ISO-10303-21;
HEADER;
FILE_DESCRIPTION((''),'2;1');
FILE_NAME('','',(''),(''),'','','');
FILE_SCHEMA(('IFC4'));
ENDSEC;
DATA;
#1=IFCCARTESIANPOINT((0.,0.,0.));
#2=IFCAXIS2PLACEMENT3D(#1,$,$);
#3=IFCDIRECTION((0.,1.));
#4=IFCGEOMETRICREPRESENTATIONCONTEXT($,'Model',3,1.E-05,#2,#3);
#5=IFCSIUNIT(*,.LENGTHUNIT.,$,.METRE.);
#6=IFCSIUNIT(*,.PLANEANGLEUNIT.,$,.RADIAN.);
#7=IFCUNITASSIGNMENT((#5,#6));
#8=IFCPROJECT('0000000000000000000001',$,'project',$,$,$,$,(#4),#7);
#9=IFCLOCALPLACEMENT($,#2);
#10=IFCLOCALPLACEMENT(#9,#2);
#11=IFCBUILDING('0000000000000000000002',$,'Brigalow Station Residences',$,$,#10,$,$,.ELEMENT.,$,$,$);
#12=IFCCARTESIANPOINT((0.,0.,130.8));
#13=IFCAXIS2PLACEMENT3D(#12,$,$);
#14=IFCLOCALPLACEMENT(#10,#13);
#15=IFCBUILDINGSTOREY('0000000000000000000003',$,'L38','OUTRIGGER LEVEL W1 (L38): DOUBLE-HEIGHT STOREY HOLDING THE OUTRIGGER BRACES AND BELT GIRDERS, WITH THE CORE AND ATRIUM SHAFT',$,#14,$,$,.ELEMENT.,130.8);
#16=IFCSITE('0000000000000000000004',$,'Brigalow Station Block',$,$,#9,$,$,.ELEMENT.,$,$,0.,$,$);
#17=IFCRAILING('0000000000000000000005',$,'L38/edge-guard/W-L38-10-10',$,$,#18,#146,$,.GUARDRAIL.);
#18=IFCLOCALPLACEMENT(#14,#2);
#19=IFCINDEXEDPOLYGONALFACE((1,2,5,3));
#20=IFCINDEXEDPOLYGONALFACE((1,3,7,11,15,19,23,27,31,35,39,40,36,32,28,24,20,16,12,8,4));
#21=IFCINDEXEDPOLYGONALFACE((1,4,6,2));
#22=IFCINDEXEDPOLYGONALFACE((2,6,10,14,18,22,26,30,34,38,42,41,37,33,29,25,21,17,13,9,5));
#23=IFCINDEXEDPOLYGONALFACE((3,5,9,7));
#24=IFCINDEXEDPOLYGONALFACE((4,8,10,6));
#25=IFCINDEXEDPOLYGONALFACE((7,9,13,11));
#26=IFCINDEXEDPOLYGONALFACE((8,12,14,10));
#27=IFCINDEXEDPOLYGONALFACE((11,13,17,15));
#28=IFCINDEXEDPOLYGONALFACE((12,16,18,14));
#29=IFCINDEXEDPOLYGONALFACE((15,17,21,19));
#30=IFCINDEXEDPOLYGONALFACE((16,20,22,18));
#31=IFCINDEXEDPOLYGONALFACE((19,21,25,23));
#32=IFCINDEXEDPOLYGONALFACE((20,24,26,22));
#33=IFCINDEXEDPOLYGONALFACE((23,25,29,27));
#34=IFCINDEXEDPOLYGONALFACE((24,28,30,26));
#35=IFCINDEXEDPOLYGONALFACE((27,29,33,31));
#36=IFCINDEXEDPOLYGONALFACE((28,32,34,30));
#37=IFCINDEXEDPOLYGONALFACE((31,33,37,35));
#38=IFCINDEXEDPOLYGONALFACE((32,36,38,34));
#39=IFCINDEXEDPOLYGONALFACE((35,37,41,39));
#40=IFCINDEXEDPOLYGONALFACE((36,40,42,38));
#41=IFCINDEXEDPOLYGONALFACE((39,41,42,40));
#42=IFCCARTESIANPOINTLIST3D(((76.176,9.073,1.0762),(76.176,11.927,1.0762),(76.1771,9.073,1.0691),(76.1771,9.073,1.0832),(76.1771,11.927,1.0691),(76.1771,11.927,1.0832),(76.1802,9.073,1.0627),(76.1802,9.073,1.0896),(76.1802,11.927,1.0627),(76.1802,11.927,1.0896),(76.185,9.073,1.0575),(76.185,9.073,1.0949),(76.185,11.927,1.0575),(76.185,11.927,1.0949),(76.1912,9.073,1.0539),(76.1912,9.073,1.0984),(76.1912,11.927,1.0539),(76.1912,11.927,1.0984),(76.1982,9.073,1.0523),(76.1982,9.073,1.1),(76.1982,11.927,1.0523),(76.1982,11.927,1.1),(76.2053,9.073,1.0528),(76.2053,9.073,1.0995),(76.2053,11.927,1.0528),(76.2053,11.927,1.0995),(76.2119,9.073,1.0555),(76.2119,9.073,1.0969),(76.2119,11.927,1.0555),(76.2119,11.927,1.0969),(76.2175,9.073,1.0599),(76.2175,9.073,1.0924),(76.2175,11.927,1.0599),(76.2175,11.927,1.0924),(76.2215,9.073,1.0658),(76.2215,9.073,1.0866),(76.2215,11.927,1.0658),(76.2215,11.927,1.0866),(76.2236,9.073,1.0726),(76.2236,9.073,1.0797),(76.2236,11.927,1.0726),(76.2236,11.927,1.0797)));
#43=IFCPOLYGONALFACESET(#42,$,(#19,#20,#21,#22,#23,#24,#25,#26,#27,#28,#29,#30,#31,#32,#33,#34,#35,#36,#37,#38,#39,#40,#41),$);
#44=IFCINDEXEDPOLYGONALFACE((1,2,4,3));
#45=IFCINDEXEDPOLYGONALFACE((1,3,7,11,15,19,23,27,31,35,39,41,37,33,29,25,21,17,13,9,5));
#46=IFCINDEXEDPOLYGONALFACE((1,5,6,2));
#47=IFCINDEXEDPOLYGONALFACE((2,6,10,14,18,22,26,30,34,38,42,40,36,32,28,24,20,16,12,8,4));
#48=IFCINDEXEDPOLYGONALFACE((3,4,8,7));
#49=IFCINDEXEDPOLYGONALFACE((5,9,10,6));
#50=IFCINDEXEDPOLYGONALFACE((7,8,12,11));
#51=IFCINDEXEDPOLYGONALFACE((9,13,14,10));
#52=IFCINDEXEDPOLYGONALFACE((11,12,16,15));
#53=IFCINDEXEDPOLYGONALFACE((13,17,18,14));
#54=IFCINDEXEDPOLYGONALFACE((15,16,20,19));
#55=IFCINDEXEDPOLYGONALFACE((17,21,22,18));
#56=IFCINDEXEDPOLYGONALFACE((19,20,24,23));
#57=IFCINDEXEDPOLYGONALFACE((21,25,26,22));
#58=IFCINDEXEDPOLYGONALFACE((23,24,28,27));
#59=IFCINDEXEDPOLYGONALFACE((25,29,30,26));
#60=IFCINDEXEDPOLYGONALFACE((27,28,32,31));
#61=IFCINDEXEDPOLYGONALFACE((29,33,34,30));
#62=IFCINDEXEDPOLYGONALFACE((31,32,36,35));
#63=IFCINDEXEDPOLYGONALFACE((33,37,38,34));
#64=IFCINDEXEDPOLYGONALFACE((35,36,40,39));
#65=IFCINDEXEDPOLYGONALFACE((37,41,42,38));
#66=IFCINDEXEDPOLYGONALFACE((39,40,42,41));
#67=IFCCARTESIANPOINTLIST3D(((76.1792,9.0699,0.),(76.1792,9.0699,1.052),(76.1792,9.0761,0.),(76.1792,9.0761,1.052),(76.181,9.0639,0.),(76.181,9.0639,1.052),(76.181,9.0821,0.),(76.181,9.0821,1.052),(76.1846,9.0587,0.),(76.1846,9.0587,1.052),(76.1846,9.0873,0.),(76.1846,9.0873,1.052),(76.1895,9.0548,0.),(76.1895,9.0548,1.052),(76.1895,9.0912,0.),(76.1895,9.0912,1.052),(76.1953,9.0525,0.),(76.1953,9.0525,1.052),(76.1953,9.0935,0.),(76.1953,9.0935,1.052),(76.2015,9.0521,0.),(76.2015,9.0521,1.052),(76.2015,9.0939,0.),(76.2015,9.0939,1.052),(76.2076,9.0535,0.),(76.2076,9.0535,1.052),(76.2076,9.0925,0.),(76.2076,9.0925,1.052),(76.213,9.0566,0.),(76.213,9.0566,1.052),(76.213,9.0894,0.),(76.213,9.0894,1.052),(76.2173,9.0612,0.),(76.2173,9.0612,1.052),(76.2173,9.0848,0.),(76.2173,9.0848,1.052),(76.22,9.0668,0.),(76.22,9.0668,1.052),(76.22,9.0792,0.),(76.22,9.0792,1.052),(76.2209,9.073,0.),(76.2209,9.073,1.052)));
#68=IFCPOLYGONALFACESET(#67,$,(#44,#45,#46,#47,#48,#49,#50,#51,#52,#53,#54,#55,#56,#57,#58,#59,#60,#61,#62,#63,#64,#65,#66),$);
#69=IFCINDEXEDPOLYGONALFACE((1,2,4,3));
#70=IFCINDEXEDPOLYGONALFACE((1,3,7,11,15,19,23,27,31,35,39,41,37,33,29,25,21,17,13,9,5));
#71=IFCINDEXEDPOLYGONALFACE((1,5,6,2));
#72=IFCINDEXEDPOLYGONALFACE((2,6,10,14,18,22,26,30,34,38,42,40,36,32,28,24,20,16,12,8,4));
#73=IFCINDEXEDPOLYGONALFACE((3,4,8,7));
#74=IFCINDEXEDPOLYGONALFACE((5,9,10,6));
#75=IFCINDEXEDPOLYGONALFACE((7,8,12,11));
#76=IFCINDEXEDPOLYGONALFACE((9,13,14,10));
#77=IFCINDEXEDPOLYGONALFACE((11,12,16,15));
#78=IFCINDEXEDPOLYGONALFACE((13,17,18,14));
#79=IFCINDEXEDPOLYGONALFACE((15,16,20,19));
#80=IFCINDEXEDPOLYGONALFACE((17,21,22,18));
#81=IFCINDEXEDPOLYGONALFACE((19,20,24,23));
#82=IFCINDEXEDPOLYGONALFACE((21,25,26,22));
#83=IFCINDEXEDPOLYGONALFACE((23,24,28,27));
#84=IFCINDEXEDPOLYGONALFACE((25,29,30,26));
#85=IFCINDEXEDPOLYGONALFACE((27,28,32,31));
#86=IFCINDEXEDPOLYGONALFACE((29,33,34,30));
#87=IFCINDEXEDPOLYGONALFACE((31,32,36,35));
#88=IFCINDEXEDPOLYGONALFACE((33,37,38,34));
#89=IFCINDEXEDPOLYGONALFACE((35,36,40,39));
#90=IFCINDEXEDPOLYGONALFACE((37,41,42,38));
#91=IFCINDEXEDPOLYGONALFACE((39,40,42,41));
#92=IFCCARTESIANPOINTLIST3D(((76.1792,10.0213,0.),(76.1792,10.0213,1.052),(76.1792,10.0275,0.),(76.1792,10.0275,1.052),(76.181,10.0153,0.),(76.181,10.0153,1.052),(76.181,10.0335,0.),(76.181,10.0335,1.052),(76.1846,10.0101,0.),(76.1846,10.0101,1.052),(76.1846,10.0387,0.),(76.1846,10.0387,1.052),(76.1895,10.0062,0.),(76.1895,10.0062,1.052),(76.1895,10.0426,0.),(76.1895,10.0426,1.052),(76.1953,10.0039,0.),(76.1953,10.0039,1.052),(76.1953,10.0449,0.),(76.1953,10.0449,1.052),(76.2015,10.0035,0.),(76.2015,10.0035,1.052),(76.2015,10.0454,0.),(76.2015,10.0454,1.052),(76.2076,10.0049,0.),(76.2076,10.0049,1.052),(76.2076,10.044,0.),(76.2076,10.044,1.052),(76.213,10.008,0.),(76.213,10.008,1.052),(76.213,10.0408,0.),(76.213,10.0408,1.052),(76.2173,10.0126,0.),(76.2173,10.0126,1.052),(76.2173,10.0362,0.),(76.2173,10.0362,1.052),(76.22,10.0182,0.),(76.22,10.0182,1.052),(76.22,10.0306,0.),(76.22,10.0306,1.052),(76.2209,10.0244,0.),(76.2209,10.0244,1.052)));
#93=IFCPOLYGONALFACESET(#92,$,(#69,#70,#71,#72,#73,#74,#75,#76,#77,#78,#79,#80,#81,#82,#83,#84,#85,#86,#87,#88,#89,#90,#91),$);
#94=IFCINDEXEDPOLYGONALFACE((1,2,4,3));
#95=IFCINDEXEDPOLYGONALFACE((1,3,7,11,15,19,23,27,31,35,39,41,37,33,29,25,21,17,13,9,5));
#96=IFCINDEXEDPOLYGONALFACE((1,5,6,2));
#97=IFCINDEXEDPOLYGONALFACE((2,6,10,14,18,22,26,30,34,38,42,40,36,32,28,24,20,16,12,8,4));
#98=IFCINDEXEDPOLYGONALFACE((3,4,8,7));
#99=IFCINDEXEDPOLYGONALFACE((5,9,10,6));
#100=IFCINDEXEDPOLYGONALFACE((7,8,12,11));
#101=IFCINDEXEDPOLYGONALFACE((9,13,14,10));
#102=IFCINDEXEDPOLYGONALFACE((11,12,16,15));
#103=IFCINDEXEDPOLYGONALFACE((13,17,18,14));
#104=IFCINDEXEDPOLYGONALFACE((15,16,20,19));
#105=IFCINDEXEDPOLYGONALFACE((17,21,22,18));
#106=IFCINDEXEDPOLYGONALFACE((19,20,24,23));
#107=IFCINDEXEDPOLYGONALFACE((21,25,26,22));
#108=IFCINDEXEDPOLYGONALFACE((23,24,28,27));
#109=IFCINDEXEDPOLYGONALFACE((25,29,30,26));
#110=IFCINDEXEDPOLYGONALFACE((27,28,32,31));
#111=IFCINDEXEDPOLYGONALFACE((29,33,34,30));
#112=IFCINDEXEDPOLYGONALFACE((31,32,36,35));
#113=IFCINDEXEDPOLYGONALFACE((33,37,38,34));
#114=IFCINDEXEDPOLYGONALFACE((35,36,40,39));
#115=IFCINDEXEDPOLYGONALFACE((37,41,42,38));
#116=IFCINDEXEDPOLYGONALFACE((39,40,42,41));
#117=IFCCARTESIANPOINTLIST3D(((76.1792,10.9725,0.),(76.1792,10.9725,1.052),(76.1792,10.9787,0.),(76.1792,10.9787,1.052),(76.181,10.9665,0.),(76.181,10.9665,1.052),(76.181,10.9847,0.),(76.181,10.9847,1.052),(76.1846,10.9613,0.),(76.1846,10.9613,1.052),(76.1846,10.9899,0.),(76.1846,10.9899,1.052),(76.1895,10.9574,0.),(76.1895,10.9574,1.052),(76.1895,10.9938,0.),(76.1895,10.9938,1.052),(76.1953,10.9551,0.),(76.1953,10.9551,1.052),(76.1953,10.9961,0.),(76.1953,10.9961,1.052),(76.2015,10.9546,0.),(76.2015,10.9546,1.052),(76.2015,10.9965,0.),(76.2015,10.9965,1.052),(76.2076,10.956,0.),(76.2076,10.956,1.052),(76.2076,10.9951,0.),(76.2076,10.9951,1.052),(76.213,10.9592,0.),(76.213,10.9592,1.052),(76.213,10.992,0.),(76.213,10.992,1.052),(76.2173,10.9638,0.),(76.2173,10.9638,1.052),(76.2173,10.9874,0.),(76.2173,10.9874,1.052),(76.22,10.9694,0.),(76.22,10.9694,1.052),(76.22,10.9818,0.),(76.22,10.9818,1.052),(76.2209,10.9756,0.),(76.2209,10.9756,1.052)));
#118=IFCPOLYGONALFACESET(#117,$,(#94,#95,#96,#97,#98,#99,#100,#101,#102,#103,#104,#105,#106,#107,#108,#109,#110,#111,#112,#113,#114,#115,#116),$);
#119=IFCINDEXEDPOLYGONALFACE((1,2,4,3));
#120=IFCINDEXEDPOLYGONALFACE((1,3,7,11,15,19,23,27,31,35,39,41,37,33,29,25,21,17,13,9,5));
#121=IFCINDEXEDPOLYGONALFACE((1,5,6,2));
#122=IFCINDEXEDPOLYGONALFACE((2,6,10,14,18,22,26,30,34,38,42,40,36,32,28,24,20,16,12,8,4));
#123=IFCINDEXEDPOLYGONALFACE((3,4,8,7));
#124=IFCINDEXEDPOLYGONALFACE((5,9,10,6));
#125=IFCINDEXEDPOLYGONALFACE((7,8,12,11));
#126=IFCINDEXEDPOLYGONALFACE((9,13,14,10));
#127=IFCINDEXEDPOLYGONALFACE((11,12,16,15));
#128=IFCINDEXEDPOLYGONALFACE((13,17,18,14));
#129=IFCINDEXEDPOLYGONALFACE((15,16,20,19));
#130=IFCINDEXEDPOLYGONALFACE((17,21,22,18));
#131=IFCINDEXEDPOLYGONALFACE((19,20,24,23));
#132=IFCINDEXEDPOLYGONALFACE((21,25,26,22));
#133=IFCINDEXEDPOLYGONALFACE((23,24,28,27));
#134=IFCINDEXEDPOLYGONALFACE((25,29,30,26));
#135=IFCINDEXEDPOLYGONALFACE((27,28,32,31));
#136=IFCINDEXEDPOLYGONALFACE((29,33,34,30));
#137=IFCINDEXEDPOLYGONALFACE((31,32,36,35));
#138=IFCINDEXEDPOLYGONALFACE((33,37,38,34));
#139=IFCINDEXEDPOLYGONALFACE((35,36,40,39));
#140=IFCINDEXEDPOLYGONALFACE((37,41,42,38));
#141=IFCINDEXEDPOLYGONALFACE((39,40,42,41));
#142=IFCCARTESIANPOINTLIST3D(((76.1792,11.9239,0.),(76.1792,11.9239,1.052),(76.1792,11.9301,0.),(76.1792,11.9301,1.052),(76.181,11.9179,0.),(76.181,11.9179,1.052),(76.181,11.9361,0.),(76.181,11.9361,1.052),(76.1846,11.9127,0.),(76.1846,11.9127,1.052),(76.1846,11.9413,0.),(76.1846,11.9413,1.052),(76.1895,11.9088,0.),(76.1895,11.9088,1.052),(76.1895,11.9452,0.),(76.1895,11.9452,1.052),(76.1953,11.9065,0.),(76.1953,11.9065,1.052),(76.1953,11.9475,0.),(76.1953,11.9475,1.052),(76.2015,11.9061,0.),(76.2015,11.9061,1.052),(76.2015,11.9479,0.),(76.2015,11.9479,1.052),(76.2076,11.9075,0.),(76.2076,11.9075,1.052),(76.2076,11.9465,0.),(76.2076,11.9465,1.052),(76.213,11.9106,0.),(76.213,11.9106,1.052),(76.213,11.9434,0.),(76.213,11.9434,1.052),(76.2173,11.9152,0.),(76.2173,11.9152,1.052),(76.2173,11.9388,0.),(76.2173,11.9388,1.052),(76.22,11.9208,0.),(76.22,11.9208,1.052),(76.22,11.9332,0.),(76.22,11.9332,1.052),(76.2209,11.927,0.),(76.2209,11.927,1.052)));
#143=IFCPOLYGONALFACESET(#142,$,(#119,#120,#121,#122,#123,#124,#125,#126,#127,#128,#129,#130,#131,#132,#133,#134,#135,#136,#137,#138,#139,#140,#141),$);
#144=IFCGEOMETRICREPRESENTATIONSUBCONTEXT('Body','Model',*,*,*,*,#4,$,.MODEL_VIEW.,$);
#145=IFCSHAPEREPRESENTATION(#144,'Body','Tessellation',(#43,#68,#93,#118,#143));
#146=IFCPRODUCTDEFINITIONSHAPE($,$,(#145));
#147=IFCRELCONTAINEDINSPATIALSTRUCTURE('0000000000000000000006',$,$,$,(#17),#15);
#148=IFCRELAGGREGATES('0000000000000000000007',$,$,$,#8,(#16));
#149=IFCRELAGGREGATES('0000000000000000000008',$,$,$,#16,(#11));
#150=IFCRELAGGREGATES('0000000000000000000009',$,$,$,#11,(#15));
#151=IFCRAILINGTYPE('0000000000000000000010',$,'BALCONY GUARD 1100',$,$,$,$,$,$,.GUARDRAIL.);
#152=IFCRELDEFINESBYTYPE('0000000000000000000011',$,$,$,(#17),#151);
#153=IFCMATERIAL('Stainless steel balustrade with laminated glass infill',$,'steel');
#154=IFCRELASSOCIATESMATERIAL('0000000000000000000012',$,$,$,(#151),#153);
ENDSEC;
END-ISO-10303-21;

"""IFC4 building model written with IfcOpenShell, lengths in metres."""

from ifc_helpers import new_model, si_unit, direction, frame, origin, origin_2d, place, context, subcontext, project, spatial, circle, extrude, material, type_object, element, save


model = new_model("IFC4")

# Units and contexts
model_context = context("Model", 3, precision=1e-05, world=origin(), true_north=direction((0.0, 1.0)))
body_context = subcontext(model_context, "Body", "Model", "MODEL_VIEW")
ifc_project = project(units=[si_unit("LENGTHUNIT", "METRE"), si_unit("PLANEANGLEUNIT", "RADIAN")], contexts=[model_context])

# Site, building, storey
site_placement = place(None, origin())
site = spatial("IfcSite", under=ifc_project, at=site_placement, Name="Brigalow Station Block", CompositionType="ELEMENT", RefElevation=0.0)
building_placement = place(site_placement, origin())
building = spatial("IfcBuilding", under=site, at=building_placement, Name="Brigalow Station Residences", CompositionType="ELEMENT")
storey_placement = place(building_placement, frame((0.0, 0.0, 130.8)))
storey = spatial("IfcBuildingStorey", under=building, at=storey_placement, Name="L38", Description="OUTRIGGER LEVEL W1 (L38): DOUBLE-HEIGHT STOREY HOLDING THE OUTRIGGER BRACES AND BELT GIRDERS, WITH THE CORE AND ATRIUM SHAFT", CompositionType="ELEMENT", Elevation=130.8)

# Railing
ifc_material_1 = material(Name="Stainless steel balustrade with laminated glass infill", Category="steel")
railing_type = type_object("IfcRailingType", Name="BALCONY GUARD 1100", PredefinedType="GUARDRAIL", material=ifc_material_1)
railing_1_placement = place(storey_placement, frame((76.2, 9.073, 0.0)))
element("IfcRailing", 1, at=railing_1_placement, inside=storey, type_object=railing_type, Name="L38/edge-guard/W-L38-10-10", PredefinedType="GUARDRAIL", context=body_context, shape_type="SweptSolid", body=[
    extrude(circle(Radius=0.0239, at=origin_2d()), frame((0.0, 0.0, 1.0762), z_axis=(0.0, 1.0, 0.0), x_axis=(-1.0, 0.0, 0.0)), (0.0, 0.0, 1.0), 2.854),
    extrude(circle(Radius=0.021, at=origin_2d()), origin(), (0.0, 0.0, 1.0), 1.052),
    extrude(circle(Radius=0.021, at=origin_2d()), frame((0.0, 0.9514, 0.0)), (0.0, 0.0, 1.0), 1.052),
    extrude(circle(Radius=0.021, at=origin_2d()), frame((0.0, 1.9026, 0.0)), (0.0, 0.0, 1.0), 1.052),
    extrude(circle(Radius=0.021, at=origin_2d()), frame((0.0, 2.854, 0.0)), (0.0, 0.0, 1.0), 1.052),
])

save(model, "model.ifc")
